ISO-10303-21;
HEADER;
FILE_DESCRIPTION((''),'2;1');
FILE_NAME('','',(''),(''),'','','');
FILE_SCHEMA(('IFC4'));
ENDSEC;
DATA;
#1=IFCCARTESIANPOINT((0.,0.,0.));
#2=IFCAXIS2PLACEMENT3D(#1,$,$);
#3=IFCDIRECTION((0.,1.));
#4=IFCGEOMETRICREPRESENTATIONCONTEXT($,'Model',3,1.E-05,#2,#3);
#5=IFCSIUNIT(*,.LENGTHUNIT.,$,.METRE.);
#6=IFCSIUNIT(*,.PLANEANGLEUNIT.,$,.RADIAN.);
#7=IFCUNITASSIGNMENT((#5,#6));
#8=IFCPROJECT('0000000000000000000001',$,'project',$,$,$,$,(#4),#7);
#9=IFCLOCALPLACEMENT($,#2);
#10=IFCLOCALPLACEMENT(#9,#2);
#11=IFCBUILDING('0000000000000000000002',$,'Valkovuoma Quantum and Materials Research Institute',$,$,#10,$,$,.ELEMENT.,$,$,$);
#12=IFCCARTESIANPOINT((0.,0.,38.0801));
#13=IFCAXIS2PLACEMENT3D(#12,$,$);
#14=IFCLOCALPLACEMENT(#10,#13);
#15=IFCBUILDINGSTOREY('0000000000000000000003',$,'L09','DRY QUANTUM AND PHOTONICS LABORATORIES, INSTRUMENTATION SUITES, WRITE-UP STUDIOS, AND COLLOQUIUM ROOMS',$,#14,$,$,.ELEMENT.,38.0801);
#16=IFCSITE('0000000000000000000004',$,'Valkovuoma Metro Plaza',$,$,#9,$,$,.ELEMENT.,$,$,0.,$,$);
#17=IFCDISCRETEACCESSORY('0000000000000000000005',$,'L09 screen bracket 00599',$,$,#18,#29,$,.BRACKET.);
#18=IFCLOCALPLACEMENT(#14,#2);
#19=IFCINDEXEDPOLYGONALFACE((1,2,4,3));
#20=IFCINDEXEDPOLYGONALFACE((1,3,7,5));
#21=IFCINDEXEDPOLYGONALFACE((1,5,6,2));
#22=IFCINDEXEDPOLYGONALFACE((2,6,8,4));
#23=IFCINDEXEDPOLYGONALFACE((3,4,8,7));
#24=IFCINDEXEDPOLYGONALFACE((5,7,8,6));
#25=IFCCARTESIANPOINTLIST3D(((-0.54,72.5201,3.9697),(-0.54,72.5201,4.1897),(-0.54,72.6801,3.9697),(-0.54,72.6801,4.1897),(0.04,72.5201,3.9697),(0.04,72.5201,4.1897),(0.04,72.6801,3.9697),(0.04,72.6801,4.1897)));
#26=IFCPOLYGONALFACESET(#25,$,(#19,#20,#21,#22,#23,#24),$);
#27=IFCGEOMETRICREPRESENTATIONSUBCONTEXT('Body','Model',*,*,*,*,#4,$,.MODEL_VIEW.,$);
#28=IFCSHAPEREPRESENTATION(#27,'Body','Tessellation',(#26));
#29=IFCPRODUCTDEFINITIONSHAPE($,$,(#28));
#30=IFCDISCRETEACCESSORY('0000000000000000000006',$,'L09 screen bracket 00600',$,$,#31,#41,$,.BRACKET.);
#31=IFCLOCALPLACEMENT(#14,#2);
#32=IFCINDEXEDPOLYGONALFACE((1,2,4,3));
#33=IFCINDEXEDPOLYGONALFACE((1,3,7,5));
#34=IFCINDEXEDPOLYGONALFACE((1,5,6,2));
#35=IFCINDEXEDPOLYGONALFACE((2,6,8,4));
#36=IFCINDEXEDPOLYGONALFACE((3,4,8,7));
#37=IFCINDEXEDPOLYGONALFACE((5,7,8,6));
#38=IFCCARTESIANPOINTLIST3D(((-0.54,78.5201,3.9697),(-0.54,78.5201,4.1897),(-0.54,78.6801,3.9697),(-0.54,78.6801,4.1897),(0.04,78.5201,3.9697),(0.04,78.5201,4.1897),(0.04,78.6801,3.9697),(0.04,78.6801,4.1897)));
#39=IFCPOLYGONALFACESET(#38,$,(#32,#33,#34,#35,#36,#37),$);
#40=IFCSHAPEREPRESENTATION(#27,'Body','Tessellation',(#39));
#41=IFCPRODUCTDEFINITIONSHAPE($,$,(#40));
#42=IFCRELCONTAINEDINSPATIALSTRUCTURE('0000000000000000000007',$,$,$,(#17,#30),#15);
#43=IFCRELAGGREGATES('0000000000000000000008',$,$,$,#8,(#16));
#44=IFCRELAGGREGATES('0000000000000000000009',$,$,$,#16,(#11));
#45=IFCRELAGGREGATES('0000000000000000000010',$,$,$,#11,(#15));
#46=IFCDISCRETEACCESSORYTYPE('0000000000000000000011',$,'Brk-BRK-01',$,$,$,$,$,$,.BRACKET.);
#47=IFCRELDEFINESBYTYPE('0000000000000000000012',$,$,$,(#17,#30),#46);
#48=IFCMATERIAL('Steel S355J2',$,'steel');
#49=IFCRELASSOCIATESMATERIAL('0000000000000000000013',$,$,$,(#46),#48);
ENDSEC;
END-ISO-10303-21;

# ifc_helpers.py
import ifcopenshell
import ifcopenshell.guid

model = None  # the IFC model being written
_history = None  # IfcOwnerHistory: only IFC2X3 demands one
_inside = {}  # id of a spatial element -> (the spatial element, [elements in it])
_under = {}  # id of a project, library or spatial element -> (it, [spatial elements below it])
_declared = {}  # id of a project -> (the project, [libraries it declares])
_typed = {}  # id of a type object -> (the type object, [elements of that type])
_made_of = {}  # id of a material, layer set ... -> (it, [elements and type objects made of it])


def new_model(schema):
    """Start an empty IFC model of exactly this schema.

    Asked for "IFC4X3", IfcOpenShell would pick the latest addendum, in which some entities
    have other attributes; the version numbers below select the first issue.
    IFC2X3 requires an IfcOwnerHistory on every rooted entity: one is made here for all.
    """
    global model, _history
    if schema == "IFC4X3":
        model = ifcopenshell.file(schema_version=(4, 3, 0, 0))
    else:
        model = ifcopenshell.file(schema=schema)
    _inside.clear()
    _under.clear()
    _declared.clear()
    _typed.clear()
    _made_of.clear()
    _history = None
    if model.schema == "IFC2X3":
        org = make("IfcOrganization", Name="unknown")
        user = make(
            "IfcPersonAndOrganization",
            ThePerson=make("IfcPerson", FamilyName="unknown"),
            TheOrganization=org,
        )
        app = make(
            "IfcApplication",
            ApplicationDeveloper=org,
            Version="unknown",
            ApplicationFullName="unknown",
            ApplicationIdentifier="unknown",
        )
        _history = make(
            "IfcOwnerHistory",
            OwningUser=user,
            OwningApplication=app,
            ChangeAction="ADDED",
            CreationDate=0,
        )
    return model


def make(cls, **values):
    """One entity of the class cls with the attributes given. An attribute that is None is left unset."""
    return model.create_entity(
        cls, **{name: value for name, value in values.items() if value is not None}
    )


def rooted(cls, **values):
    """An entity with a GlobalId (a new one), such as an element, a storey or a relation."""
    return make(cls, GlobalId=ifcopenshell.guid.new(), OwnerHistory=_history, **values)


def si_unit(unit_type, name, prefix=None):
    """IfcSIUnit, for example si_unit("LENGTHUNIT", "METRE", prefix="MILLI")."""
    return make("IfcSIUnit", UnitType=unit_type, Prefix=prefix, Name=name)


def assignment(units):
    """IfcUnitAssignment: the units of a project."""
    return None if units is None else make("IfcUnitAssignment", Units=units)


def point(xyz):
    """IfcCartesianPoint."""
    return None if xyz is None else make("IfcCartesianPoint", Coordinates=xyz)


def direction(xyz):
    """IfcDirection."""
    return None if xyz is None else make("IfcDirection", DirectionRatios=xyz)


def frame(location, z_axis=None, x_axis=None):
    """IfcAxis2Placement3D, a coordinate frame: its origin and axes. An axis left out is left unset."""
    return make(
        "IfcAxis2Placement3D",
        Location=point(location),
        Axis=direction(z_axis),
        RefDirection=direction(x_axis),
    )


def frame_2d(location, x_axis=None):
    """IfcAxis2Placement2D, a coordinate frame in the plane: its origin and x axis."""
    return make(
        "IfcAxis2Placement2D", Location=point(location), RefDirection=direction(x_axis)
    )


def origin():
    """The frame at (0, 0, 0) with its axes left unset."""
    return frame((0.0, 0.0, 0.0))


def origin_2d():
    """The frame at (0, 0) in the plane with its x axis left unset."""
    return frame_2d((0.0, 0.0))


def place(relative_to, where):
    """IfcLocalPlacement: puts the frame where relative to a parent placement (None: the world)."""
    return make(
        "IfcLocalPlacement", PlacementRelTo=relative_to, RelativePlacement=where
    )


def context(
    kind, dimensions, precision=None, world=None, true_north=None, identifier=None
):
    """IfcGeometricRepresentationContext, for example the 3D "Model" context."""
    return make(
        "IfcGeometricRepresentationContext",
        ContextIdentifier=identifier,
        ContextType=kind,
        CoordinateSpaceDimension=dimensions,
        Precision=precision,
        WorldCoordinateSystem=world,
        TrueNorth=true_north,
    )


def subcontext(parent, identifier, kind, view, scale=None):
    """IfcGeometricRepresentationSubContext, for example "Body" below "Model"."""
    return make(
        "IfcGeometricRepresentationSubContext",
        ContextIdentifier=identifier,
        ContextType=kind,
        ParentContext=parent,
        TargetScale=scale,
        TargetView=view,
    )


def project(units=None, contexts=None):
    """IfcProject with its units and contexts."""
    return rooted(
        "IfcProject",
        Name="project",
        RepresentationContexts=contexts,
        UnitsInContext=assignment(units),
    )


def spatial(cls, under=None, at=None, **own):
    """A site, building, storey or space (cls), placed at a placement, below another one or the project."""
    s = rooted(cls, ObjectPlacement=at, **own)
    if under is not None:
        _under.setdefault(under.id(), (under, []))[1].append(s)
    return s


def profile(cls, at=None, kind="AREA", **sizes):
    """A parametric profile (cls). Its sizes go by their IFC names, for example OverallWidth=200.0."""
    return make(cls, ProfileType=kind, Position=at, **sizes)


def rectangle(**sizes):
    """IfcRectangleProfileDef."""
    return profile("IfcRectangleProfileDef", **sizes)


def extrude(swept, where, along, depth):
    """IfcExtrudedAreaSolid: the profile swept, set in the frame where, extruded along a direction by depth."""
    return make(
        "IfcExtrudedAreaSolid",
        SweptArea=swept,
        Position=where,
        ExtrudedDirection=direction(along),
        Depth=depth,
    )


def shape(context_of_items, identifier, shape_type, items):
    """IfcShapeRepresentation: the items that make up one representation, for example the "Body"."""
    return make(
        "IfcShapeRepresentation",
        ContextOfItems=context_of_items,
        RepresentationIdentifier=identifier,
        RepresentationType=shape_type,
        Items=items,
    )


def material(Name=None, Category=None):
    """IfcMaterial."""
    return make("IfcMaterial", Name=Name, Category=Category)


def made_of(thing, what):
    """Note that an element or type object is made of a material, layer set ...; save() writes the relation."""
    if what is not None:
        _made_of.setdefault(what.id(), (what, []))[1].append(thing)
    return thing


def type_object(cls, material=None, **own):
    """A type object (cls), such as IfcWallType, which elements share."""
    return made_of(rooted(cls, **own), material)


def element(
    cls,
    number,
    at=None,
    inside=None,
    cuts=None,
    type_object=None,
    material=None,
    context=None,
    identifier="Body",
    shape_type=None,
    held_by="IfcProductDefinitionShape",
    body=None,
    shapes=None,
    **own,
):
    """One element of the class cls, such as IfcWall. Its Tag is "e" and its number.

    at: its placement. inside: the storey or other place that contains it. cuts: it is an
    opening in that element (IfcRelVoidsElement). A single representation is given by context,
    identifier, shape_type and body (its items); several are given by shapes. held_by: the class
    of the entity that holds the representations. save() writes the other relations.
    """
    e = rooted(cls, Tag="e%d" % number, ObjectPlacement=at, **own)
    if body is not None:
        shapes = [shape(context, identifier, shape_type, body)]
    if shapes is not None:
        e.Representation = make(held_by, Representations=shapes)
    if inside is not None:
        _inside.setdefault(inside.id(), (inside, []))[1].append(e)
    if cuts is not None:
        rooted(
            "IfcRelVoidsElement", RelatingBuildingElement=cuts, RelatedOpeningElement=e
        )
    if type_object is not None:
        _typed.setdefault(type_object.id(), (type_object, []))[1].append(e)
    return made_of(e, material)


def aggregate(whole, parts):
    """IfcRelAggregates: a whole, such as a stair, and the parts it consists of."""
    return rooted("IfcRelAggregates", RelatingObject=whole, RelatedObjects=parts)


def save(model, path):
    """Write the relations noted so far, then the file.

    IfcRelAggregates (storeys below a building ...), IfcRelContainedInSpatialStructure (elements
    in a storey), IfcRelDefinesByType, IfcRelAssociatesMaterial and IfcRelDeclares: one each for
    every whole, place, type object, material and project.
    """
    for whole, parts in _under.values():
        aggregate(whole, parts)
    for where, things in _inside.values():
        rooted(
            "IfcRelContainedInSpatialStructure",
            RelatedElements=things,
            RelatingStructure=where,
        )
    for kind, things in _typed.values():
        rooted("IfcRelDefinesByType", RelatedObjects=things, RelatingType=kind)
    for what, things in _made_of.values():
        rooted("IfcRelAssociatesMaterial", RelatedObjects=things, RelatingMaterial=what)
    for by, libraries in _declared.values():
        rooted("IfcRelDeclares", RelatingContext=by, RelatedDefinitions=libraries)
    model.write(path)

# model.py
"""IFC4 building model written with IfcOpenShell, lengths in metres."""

from ifc_helpers import new_model, si_unit, direction, frame, origin, origin_2d, place, context, subcontext, project, spatial, rectangle, extrude, material, type_object, element, save


model = new_model("IFC4")

# Units and contexts
model_context = context("Model", 3, precision=1e-05, world=origin(), true_north=direction((0.0, 1.0)))
body_context = subcontext(model_context, "Body", "Model", "MODEL_VIEW")
ifc_project = project(units=[si_unit("LENGTHUNIT", "METRE"), si_unit("PLANEANGLEUNIT", "RADIAN")], contexts=[model_context])

# Site, building, storey
site_placement = place(None, origin())
site = spatial("IfcSite", under=ifc_project, at=site_placement, Name="Valkovuoma Metro Plaza", CompositionType="ELEMENT", RefElevation=0.0)
building_placement = place(site_placement, origin())
building = spatial("IfcBuilding", under=site, at=building_placement, Name="Valkovuoma Quantum and Materials Research Institute", CompositionType="ELEMENT")
storey_placement = place(building_placement, frame((0.0, 0.0, 38.0801)))
storey = spatial("IfcBuildingStorey", under=building, at=storey_placement, Name="L09", Description="DRY QUANTUM AND PHOTONICS LABORATORIES, INSTRUMENTATION SUITES, WRITE-UP STUDIOS, AND COLLOQUIUM ROOMS", CompositionType="ELEMENT", Elevation=38.0801)

# Discrete accessories
ifc_material_1 = material(Name="Steel S355J2", Category="steel")
discrete_accessory_type = type_object("IfcDiscreteAccessoryType", Name="Brk-BRK-01", PredefinedType="BRACKET", material=ifc_material_1)
for number, where, z_axis, x_axis, name in (
    (1, (-0.25, 72.6001, 3.9697), (0.0, 0.0, 1.0), (1.0, 0.0, 0.0), "L09 screen bracket 00599"),
    (2, (-0.25, 78.6001, 3.9697), (0.0, 0.0, 1.0), (1.0, 0.0, 0.0), "L09 screen bracket 00600"),
):
    element("IfcDiscreteAccessory", number, at=place(storey_placement, frame(where, z_axis=z_axis, x_axis=x_axis)), inside=storey, type_object=discrete_accessory_type, Name=name, PredefinedType="BRACKET", context=body_context, shape_type="SweptSolid", body=[
        extrude(rectangle(XDim=0.5801, YDim=0.1599, at=origin_2d()), origin(), (0.0, 0.0, 1.0), 0.22),
    ])

save(model, "model.ifc")
